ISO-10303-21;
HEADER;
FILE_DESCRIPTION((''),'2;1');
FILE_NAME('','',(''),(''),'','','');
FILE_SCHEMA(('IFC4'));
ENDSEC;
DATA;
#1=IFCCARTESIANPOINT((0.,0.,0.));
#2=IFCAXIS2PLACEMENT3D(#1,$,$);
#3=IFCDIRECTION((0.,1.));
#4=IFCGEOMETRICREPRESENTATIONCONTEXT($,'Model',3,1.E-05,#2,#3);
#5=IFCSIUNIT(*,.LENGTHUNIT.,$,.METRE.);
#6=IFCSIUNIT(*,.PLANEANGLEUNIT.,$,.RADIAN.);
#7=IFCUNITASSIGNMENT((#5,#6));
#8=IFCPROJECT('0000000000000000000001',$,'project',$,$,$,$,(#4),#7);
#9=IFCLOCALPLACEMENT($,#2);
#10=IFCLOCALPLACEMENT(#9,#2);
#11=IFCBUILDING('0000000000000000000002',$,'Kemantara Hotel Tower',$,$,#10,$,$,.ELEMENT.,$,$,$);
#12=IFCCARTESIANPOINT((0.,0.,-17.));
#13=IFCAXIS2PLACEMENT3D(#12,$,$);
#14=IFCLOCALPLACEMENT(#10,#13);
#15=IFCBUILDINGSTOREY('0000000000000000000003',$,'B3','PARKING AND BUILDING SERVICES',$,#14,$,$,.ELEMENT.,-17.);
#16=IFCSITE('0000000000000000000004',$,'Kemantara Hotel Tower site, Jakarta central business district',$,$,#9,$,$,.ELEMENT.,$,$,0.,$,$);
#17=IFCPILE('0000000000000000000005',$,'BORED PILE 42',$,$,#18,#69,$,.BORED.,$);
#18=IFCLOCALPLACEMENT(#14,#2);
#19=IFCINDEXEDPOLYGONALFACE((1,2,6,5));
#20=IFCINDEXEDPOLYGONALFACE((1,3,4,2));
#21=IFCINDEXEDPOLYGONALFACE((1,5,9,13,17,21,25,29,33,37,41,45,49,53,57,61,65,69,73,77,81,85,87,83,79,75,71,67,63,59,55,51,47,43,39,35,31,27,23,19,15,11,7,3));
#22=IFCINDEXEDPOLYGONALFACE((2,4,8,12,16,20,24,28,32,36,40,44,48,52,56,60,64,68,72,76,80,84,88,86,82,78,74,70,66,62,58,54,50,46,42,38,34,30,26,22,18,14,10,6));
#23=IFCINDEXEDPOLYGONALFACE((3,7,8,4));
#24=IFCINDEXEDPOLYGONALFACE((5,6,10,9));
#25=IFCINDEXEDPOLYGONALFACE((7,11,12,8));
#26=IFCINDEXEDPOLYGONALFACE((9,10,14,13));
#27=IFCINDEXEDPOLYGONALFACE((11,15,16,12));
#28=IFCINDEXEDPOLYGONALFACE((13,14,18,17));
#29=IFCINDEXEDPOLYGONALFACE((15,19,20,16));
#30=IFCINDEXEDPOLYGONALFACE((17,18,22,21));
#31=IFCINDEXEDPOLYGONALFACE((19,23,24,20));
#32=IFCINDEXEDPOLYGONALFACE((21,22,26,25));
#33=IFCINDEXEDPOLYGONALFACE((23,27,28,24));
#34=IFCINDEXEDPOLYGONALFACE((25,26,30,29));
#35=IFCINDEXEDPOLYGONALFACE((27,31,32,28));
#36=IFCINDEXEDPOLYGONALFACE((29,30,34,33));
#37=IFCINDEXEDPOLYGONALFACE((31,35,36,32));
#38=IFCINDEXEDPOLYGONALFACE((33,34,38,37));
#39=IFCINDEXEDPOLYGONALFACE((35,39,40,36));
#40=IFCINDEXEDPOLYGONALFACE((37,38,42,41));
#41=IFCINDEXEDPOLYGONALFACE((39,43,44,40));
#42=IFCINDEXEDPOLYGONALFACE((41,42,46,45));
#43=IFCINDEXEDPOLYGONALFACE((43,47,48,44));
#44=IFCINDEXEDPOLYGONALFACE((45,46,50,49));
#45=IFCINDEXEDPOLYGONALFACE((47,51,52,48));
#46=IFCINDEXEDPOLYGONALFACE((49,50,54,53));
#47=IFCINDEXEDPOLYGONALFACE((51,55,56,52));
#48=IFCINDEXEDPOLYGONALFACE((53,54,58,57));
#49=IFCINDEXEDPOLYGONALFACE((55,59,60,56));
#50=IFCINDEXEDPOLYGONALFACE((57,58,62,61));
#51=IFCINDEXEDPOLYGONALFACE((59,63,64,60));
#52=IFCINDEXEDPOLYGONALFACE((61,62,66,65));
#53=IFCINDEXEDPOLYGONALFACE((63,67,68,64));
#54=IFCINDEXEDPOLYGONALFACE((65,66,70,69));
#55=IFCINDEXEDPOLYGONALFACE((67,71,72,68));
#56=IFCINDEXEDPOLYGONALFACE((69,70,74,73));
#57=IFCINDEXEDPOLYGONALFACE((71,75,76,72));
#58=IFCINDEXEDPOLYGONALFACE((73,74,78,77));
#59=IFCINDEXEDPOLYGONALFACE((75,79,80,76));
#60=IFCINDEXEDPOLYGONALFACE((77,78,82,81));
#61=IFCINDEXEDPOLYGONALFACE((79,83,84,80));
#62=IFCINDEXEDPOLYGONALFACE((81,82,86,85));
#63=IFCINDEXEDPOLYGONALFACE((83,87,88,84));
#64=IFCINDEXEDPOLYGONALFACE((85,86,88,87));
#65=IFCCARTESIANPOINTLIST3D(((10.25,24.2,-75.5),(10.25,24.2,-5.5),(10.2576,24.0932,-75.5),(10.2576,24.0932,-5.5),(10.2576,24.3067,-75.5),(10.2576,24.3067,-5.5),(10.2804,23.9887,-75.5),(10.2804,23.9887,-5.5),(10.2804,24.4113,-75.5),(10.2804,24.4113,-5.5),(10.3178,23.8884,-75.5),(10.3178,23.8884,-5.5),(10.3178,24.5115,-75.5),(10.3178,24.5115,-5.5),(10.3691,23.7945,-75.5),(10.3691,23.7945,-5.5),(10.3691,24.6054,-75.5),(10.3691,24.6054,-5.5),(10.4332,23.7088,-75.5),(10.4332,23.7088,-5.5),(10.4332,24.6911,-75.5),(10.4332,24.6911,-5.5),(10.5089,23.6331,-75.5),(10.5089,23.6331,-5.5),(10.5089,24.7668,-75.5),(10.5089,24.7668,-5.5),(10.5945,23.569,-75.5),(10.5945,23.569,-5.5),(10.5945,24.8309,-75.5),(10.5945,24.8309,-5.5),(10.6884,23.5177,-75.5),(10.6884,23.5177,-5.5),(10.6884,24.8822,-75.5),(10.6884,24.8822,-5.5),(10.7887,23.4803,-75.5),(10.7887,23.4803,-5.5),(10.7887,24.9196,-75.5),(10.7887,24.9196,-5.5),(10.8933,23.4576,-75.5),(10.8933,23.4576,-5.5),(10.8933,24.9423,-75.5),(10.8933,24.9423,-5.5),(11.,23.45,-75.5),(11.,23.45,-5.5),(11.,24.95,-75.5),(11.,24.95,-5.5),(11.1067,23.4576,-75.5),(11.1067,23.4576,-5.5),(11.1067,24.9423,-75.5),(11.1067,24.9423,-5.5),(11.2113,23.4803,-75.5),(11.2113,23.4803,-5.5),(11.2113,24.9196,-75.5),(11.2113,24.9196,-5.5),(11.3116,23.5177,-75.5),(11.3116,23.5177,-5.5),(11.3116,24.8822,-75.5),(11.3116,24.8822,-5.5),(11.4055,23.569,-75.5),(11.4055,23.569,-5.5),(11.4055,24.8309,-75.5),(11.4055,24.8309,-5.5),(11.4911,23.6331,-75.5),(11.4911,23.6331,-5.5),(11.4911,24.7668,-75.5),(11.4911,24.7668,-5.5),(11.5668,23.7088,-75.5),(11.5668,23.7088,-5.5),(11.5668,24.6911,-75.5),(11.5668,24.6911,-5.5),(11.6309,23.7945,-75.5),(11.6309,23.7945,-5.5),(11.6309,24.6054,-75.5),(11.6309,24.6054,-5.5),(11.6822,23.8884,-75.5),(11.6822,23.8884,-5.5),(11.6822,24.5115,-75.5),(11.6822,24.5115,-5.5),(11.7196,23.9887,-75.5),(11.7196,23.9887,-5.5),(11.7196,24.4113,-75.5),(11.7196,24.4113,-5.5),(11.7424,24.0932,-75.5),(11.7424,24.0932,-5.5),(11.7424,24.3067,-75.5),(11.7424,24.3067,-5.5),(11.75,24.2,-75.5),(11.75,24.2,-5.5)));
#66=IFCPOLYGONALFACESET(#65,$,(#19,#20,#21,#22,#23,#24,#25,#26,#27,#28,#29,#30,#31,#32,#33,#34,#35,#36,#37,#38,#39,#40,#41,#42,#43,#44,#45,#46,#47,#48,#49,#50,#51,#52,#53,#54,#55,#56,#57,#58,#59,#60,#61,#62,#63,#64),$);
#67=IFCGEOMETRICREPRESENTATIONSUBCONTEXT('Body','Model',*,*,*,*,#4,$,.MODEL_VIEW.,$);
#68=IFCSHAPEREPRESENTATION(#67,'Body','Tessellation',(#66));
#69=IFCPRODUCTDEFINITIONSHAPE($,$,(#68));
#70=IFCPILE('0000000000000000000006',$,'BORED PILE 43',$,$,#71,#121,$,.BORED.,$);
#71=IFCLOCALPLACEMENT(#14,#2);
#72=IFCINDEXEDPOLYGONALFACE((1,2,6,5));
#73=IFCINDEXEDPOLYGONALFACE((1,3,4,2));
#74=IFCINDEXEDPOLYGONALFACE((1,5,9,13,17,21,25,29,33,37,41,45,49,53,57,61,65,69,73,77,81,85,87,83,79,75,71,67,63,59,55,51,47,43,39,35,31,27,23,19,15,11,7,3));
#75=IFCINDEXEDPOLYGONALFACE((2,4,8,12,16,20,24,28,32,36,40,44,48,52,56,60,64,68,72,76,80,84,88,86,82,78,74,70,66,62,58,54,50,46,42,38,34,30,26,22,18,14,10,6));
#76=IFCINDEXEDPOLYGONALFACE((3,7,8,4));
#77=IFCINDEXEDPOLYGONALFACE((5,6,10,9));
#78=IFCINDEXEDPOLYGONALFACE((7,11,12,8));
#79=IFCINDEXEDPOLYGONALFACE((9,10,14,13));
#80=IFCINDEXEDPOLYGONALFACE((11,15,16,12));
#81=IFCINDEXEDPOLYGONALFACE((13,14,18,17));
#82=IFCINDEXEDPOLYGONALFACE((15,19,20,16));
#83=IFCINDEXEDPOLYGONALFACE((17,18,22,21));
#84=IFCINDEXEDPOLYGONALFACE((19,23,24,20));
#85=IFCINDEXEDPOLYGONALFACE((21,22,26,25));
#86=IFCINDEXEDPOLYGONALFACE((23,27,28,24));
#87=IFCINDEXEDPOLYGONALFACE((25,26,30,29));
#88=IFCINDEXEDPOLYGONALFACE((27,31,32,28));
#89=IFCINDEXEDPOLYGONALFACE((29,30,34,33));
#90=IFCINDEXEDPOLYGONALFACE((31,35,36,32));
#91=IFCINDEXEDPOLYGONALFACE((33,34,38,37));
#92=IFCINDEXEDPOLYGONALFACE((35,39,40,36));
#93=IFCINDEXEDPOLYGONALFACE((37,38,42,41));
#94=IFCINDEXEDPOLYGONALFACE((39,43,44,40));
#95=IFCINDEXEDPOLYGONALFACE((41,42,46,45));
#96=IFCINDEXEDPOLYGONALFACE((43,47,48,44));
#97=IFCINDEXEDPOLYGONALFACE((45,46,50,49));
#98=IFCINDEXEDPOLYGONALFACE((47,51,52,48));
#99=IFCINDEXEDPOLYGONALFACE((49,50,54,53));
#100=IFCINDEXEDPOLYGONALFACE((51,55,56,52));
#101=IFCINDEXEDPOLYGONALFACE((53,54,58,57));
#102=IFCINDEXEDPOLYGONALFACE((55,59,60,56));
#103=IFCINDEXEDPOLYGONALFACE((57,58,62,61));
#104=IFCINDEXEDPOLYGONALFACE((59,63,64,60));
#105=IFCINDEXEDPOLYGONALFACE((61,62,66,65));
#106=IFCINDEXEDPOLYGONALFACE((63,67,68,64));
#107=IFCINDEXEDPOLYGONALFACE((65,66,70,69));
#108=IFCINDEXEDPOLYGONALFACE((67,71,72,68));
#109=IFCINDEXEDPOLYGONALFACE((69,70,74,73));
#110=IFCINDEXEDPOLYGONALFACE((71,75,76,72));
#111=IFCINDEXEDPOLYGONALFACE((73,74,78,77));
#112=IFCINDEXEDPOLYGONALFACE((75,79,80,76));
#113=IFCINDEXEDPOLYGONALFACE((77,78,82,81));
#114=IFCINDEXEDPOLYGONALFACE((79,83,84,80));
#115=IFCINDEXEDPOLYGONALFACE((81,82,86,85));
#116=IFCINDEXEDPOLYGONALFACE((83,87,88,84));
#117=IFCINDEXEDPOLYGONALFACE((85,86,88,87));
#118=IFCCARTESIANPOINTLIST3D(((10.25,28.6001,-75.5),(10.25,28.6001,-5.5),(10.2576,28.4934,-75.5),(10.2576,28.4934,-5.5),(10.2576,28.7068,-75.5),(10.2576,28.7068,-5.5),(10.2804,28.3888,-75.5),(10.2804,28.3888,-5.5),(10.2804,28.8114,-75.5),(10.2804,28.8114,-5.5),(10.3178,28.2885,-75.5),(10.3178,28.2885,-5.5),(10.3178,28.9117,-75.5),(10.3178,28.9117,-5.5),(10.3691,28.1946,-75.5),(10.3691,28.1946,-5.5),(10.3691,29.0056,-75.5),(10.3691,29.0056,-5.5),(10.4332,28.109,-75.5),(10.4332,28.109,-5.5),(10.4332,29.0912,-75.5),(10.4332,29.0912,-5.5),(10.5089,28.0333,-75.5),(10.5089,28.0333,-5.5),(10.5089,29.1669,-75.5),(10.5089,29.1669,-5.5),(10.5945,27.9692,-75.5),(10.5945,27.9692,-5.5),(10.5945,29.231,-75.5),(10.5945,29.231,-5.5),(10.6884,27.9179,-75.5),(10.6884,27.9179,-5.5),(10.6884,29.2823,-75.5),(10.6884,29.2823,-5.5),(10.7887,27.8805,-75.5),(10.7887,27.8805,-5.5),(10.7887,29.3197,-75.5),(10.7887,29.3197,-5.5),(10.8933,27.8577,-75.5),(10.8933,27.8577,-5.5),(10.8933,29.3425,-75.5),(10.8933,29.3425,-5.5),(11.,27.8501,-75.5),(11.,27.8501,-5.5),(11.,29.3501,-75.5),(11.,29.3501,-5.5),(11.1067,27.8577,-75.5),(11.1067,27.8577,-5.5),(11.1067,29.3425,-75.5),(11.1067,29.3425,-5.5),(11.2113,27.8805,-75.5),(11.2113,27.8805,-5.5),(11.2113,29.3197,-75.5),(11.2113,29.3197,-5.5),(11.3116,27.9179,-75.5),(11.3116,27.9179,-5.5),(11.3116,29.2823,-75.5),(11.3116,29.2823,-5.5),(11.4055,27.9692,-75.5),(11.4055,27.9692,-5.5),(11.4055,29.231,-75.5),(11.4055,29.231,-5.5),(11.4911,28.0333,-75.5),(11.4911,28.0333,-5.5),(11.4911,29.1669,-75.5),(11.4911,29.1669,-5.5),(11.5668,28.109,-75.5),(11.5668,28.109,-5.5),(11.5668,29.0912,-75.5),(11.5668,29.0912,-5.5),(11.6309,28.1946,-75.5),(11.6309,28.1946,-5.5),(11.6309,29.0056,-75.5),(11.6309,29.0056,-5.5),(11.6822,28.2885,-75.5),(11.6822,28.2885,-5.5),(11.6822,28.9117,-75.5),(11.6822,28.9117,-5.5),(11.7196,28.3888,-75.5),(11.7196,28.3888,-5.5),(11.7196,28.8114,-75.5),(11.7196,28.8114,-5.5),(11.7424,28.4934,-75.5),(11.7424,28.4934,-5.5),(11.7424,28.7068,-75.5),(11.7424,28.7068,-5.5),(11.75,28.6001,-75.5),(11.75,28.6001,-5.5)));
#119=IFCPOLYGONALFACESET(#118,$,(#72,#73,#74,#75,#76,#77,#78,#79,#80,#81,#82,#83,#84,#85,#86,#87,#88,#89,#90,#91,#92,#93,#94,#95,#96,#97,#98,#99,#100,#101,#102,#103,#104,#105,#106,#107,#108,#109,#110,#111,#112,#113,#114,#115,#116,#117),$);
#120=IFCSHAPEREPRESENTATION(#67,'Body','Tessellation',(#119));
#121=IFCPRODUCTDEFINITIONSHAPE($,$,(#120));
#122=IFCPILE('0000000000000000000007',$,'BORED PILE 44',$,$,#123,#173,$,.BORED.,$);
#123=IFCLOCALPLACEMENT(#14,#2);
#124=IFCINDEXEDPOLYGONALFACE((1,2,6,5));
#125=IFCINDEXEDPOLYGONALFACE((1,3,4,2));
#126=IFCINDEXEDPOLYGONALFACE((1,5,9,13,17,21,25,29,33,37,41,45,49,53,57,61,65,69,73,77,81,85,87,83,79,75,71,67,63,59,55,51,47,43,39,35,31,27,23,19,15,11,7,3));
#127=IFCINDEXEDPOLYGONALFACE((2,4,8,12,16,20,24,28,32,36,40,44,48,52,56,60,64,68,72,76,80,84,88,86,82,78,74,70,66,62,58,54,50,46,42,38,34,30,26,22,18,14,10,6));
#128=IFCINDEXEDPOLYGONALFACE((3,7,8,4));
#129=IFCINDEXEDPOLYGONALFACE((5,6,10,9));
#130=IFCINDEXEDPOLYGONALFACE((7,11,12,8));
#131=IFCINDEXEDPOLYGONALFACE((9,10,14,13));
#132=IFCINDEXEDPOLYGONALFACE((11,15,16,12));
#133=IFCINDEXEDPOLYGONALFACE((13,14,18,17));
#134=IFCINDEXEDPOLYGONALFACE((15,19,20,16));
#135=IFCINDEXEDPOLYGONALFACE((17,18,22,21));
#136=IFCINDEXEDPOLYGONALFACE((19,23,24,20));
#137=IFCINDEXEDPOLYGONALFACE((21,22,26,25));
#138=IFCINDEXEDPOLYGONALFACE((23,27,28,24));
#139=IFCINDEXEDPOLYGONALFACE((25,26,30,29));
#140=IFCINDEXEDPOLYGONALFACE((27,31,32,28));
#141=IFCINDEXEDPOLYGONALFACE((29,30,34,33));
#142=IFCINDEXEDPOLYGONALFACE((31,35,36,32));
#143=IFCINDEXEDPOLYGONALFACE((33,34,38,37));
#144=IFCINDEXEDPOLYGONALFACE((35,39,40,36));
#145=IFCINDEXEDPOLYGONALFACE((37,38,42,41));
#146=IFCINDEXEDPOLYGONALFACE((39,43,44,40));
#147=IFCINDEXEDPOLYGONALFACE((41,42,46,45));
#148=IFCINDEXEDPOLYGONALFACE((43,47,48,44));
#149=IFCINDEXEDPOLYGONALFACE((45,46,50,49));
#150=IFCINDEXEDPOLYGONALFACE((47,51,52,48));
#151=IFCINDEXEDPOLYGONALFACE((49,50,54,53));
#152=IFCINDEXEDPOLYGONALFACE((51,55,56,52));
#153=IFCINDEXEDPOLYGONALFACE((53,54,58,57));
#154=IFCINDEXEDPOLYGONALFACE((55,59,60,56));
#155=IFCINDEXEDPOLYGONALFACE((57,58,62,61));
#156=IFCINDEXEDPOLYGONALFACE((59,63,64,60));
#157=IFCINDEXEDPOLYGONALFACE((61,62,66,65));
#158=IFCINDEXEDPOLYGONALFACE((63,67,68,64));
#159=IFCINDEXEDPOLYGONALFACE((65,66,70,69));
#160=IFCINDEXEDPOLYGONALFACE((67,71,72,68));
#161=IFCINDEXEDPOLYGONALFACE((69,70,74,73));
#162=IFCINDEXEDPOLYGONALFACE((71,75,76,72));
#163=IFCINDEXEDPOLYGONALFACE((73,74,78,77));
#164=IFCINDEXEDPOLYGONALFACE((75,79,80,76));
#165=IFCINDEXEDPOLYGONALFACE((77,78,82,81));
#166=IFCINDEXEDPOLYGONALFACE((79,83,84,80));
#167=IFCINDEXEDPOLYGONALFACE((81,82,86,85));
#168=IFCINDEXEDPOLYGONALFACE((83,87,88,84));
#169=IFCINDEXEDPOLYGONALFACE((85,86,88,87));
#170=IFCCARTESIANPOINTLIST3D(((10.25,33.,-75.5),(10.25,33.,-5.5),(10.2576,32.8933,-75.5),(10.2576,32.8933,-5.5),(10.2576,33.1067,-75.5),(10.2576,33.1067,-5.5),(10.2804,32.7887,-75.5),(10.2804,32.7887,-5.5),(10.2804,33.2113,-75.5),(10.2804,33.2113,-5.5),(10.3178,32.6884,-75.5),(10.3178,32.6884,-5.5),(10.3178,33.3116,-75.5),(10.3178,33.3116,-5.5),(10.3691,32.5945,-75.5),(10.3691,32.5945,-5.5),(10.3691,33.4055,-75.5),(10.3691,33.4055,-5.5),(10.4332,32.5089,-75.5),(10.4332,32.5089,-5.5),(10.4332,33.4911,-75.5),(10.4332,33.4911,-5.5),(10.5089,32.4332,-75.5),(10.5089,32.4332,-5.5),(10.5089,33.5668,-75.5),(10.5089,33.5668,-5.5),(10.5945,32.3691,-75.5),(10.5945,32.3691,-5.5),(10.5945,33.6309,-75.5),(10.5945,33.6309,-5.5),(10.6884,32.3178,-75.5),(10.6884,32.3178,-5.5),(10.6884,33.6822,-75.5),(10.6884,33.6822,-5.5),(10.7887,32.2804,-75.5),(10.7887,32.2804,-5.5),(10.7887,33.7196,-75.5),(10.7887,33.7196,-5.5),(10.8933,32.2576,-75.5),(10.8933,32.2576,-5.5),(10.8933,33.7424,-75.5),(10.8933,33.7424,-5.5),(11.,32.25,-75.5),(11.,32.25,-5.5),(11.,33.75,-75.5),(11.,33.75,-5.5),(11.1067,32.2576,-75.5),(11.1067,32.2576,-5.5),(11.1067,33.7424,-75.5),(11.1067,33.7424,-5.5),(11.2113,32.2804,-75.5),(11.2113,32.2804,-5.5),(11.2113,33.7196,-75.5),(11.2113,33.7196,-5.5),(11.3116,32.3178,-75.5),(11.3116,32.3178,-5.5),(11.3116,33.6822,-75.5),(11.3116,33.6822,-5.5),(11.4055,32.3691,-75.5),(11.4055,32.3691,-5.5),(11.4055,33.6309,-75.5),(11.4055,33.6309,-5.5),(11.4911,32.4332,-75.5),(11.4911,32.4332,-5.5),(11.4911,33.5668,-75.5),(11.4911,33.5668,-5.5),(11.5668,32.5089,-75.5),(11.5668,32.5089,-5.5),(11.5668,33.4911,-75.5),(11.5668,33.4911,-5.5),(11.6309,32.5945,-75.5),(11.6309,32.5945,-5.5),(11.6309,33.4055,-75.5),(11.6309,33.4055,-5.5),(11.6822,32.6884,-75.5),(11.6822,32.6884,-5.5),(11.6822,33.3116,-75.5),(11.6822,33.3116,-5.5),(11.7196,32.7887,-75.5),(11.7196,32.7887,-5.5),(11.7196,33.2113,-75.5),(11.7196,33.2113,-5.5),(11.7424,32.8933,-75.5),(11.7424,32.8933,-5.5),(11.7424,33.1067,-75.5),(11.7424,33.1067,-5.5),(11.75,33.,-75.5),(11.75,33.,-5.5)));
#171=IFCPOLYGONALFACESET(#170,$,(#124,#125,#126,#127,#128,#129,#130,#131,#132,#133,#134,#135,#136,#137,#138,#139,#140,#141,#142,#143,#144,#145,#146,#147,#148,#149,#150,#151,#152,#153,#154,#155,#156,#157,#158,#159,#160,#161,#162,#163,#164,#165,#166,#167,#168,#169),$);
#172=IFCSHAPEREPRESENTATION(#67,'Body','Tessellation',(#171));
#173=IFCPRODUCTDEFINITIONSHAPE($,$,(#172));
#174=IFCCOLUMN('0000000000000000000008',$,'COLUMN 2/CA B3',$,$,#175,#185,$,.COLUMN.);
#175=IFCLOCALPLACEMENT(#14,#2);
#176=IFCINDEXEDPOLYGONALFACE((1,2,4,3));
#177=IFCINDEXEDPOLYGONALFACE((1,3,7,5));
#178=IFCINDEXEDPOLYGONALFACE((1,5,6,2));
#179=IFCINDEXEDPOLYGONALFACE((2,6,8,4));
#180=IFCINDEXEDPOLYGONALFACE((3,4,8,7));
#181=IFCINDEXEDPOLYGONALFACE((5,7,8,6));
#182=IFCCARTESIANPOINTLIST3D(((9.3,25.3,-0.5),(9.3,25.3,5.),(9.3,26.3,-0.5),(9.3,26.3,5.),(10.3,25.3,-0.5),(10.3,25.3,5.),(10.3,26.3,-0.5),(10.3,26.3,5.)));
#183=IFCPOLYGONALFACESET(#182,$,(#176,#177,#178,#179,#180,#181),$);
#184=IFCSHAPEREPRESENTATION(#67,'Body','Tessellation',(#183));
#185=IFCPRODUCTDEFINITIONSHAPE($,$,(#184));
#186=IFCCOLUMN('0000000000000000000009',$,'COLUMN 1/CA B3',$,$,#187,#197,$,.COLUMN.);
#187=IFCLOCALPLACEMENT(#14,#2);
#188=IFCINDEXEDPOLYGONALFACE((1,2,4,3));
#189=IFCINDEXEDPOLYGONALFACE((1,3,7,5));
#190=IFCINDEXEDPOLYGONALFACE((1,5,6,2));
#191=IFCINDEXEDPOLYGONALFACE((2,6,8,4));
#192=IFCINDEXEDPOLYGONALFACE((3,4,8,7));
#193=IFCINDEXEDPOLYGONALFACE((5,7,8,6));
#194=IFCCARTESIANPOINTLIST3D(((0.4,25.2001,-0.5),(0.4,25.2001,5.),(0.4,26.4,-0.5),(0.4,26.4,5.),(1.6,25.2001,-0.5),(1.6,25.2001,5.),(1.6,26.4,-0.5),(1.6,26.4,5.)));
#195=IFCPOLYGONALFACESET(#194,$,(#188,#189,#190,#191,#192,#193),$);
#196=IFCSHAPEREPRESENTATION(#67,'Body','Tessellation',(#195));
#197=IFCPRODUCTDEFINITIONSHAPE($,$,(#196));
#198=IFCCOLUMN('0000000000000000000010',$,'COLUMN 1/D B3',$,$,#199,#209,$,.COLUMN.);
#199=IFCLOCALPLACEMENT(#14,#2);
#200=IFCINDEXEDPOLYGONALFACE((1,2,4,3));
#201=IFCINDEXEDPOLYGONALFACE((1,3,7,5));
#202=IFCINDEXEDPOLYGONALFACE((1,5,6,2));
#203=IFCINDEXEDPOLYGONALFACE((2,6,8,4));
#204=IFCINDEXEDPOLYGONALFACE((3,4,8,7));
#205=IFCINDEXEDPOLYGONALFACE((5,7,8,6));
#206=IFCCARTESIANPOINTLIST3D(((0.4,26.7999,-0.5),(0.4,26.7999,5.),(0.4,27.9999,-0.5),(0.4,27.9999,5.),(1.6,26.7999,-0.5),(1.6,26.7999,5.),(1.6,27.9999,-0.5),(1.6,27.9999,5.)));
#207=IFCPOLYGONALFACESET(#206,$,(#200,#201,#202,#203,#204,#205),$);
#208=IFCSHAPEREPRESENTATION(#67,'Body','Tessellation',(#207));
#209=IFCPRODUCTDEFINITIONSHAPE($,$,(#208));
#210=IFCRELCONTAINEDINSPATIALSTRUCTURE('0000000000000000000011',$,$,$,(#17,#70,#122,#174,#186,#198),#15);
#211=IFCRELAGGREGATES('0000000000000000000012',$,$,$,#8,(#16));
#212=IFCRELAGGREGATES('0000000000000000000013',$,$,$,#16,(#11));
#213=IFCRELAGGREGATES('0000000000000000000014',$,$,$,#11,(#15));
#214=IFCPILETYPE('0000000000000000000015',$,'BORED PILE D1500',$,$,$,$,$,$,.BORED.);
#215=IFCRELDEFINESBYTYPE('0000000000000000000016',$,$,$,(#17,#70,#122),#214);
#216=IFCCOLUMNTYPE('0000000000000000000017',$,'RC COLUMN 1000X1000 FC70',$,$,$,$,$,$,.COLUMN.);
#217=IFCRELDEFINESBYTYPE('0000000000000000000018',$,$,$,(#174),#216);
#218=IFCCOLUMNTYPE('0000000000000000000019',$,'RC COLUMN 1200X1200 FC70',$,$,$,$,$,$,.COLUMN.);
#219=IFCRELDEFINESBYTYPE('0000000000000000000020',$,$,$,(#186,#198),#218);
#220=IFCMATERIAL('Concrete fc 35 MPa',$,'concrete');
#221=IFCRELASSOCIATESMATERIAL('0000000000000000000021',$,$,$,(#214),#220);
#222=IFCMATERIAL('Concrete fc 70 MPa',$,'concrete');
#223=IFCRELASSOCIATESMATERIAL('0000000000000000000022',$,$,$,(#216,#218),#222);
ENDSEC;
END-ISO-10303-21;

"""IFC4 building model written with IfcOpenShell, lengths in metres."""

from ifc_helpers import new_model, si_unit, direction, frame, origin, origin_2d, place, context, subcontext, project, spatial, rectangle, circle, extrude, material, material_profile, profile_set, type_object, element, save


model = new_model("IFC4")

# Units and contexts
model_context = context("Model", 3, precision=1e-05, world=origin(), true_north=direction((0.0, 1.0)))
body_context = subcontext(model_context, "Body", "Model", "MODEL_VIEW")
ifc_project = project(units=[si_unit("LENGTHUNIT", "METRE"), si_unit("PLANEANGLEUNIT", "RADIAN")], contexts=[model_context])

# Site, building, storey
site_placement = place(None, origin())
site = spatial("IfcSite", under=ifc_project, at=site_placement, Name="Kemantara Hotel Tower site, Jakarta central business district", CompositionType="ELEMENT", RefElevation=0.0)
building_placement = place(site_placement, origin())
building = spatial("IfcBuilding", under=site, at=building_placement, Name="Kemantara Hotel Tower", CompositionType="ELEMENT")
storey_placement = place(building_placement, frame((0.0, 0.0, -17.0)))
storey = spatial("IfcBuildingStorey", under=building, at=storey_placement, Name="B3", Description="PARKING AND BUILDING SERVICES", CompositionType="ELEMENT", Elevation=-17.0)

# Piles
ifc_material_1 = material(Name="Concrete fc 35 MPa", Category="concrete")
ifc_material_profile_1 = material_profile(ifc_material_1, circle(Radius=0.75, at=origin_2d()), Name="BORED PILE D1500")
ifc_profile_set_1 = profile_set([ifc_material_profile_1], Name="Concrete fc 35 MPa")
pile_type = type_object("IfcPileType", Name="BORED PILE D1500", PredefinedType="BORED", material=ifc_profile_set_1)
for number, where, z_axis, x_axis, name in (
    (1, (11.0, 24.2, -5.5), (0.0, 0.0, -1.0), (1.0, 0.0, 0.0), "BORED PILE 42"),
    (2, (11.0, 28.6001, -5.5), (0.0, 0.0, -1.0), (1.0, 0.0, 0.0), "BORED PILE 43"),
    (3, (11.0, 33.0, -5.5), (0.0, 0.0, -1.0), (1.0, 0.0, 0.0), "BORED PILE 44"),
):
    element("IfcPile", number, at=place(storey_placement, frame(where, z_axis=z_axis, x_axis=x_axis)), inside=storey, type_object=pile_type, Name=name, PredefinedType="BORED", context=body_context, shape_type="SweptSolid", body=[
        extrude(circle(Radius=0.75, at=origin_2d()), origin(), (0.0, 0.0, 1.0), 70.0),
    ])

# Columns
ifc_material_2 = material(Name="Concrete fc 70 MPa", Category="concrete")
ifc_material_profile_2 = material_profile(ifc_material_2, rectangle(XDim=1.0, YDim=1.0, at=origin_2d()), Name="RC 1000X1000")
ifc_profile_set_2 = profile_set([ifc_material_profile_2], Name="Concrete fc 70 MPa")
column_type_1 = type_object("IfcColumnType", Name="RC COLUMN 1000X1000 FC70", PredefinedType="COLUMN", material=ifc_profile_set_2)
column_placement = place(storey_placement, frame((9.8, 25.8, -0.5), z_axis=(0.0, 0.0, 1.0), x_axis=(1.0, 0.0, 0.0)))
element("IfcColumn", 4, at=column_placement, inside=storey, type_object=column_type_1, Name="COLUMN 2/CA B3", PredefinedType="COLUMN", context=body_context, shape_type="SweptSolid", body=[
    extrude(rectangle(XDim=1.0, YDim=1.0, at=origin_2d()), origin(), (0.0, 0.0, 1.0), 5.5),
])
ifc_material_profile_3 = material_profile(ifc_material_2, rectangle(XDim=1.2, YDim=1.2, at=origin_2d()), Name="RC 1200X1200")
ifc_profile_set_3 = profile_set([ifc_material_profile_3], Name="Concrete fc 70 MPa")
column_type_2 = type_object("IfcColumnType", Name="RC COLUMN 1200X1200 FC70", PredefinedType="COLUMN", material=ifc_profile_set_3)
for number, where, z_axis, x_axis, name in (
    (5, (1.0, 25.8, -0.5), (0.0, 0.0, 1.0), (1.0, 0.0, 0.0), "COLUMN 1/CA B3"),
    (6, (1.0, 27.3999, -0.5), (0.0, 0.0, 1.0), (1.0, 0.0, 0.0), "COLUMN 1/D B3"),
):
    element("IfcColumn", number, at=place(storey_placement, frame(where, z_axis=z_axis, x_axis=x_axis)), inside=storey, type_object=column_type_2, Name=name, PredefinedType="COLUMN", context=body_context, shape_type="SweptSolid", body=[
        extrude(rectangle(XDim=1.2, YDim=1.2, at=origin_2d()), origin(), (0.0, 0.0, 1.0), 5.5),
    ])

save(model, "model.ifc")
